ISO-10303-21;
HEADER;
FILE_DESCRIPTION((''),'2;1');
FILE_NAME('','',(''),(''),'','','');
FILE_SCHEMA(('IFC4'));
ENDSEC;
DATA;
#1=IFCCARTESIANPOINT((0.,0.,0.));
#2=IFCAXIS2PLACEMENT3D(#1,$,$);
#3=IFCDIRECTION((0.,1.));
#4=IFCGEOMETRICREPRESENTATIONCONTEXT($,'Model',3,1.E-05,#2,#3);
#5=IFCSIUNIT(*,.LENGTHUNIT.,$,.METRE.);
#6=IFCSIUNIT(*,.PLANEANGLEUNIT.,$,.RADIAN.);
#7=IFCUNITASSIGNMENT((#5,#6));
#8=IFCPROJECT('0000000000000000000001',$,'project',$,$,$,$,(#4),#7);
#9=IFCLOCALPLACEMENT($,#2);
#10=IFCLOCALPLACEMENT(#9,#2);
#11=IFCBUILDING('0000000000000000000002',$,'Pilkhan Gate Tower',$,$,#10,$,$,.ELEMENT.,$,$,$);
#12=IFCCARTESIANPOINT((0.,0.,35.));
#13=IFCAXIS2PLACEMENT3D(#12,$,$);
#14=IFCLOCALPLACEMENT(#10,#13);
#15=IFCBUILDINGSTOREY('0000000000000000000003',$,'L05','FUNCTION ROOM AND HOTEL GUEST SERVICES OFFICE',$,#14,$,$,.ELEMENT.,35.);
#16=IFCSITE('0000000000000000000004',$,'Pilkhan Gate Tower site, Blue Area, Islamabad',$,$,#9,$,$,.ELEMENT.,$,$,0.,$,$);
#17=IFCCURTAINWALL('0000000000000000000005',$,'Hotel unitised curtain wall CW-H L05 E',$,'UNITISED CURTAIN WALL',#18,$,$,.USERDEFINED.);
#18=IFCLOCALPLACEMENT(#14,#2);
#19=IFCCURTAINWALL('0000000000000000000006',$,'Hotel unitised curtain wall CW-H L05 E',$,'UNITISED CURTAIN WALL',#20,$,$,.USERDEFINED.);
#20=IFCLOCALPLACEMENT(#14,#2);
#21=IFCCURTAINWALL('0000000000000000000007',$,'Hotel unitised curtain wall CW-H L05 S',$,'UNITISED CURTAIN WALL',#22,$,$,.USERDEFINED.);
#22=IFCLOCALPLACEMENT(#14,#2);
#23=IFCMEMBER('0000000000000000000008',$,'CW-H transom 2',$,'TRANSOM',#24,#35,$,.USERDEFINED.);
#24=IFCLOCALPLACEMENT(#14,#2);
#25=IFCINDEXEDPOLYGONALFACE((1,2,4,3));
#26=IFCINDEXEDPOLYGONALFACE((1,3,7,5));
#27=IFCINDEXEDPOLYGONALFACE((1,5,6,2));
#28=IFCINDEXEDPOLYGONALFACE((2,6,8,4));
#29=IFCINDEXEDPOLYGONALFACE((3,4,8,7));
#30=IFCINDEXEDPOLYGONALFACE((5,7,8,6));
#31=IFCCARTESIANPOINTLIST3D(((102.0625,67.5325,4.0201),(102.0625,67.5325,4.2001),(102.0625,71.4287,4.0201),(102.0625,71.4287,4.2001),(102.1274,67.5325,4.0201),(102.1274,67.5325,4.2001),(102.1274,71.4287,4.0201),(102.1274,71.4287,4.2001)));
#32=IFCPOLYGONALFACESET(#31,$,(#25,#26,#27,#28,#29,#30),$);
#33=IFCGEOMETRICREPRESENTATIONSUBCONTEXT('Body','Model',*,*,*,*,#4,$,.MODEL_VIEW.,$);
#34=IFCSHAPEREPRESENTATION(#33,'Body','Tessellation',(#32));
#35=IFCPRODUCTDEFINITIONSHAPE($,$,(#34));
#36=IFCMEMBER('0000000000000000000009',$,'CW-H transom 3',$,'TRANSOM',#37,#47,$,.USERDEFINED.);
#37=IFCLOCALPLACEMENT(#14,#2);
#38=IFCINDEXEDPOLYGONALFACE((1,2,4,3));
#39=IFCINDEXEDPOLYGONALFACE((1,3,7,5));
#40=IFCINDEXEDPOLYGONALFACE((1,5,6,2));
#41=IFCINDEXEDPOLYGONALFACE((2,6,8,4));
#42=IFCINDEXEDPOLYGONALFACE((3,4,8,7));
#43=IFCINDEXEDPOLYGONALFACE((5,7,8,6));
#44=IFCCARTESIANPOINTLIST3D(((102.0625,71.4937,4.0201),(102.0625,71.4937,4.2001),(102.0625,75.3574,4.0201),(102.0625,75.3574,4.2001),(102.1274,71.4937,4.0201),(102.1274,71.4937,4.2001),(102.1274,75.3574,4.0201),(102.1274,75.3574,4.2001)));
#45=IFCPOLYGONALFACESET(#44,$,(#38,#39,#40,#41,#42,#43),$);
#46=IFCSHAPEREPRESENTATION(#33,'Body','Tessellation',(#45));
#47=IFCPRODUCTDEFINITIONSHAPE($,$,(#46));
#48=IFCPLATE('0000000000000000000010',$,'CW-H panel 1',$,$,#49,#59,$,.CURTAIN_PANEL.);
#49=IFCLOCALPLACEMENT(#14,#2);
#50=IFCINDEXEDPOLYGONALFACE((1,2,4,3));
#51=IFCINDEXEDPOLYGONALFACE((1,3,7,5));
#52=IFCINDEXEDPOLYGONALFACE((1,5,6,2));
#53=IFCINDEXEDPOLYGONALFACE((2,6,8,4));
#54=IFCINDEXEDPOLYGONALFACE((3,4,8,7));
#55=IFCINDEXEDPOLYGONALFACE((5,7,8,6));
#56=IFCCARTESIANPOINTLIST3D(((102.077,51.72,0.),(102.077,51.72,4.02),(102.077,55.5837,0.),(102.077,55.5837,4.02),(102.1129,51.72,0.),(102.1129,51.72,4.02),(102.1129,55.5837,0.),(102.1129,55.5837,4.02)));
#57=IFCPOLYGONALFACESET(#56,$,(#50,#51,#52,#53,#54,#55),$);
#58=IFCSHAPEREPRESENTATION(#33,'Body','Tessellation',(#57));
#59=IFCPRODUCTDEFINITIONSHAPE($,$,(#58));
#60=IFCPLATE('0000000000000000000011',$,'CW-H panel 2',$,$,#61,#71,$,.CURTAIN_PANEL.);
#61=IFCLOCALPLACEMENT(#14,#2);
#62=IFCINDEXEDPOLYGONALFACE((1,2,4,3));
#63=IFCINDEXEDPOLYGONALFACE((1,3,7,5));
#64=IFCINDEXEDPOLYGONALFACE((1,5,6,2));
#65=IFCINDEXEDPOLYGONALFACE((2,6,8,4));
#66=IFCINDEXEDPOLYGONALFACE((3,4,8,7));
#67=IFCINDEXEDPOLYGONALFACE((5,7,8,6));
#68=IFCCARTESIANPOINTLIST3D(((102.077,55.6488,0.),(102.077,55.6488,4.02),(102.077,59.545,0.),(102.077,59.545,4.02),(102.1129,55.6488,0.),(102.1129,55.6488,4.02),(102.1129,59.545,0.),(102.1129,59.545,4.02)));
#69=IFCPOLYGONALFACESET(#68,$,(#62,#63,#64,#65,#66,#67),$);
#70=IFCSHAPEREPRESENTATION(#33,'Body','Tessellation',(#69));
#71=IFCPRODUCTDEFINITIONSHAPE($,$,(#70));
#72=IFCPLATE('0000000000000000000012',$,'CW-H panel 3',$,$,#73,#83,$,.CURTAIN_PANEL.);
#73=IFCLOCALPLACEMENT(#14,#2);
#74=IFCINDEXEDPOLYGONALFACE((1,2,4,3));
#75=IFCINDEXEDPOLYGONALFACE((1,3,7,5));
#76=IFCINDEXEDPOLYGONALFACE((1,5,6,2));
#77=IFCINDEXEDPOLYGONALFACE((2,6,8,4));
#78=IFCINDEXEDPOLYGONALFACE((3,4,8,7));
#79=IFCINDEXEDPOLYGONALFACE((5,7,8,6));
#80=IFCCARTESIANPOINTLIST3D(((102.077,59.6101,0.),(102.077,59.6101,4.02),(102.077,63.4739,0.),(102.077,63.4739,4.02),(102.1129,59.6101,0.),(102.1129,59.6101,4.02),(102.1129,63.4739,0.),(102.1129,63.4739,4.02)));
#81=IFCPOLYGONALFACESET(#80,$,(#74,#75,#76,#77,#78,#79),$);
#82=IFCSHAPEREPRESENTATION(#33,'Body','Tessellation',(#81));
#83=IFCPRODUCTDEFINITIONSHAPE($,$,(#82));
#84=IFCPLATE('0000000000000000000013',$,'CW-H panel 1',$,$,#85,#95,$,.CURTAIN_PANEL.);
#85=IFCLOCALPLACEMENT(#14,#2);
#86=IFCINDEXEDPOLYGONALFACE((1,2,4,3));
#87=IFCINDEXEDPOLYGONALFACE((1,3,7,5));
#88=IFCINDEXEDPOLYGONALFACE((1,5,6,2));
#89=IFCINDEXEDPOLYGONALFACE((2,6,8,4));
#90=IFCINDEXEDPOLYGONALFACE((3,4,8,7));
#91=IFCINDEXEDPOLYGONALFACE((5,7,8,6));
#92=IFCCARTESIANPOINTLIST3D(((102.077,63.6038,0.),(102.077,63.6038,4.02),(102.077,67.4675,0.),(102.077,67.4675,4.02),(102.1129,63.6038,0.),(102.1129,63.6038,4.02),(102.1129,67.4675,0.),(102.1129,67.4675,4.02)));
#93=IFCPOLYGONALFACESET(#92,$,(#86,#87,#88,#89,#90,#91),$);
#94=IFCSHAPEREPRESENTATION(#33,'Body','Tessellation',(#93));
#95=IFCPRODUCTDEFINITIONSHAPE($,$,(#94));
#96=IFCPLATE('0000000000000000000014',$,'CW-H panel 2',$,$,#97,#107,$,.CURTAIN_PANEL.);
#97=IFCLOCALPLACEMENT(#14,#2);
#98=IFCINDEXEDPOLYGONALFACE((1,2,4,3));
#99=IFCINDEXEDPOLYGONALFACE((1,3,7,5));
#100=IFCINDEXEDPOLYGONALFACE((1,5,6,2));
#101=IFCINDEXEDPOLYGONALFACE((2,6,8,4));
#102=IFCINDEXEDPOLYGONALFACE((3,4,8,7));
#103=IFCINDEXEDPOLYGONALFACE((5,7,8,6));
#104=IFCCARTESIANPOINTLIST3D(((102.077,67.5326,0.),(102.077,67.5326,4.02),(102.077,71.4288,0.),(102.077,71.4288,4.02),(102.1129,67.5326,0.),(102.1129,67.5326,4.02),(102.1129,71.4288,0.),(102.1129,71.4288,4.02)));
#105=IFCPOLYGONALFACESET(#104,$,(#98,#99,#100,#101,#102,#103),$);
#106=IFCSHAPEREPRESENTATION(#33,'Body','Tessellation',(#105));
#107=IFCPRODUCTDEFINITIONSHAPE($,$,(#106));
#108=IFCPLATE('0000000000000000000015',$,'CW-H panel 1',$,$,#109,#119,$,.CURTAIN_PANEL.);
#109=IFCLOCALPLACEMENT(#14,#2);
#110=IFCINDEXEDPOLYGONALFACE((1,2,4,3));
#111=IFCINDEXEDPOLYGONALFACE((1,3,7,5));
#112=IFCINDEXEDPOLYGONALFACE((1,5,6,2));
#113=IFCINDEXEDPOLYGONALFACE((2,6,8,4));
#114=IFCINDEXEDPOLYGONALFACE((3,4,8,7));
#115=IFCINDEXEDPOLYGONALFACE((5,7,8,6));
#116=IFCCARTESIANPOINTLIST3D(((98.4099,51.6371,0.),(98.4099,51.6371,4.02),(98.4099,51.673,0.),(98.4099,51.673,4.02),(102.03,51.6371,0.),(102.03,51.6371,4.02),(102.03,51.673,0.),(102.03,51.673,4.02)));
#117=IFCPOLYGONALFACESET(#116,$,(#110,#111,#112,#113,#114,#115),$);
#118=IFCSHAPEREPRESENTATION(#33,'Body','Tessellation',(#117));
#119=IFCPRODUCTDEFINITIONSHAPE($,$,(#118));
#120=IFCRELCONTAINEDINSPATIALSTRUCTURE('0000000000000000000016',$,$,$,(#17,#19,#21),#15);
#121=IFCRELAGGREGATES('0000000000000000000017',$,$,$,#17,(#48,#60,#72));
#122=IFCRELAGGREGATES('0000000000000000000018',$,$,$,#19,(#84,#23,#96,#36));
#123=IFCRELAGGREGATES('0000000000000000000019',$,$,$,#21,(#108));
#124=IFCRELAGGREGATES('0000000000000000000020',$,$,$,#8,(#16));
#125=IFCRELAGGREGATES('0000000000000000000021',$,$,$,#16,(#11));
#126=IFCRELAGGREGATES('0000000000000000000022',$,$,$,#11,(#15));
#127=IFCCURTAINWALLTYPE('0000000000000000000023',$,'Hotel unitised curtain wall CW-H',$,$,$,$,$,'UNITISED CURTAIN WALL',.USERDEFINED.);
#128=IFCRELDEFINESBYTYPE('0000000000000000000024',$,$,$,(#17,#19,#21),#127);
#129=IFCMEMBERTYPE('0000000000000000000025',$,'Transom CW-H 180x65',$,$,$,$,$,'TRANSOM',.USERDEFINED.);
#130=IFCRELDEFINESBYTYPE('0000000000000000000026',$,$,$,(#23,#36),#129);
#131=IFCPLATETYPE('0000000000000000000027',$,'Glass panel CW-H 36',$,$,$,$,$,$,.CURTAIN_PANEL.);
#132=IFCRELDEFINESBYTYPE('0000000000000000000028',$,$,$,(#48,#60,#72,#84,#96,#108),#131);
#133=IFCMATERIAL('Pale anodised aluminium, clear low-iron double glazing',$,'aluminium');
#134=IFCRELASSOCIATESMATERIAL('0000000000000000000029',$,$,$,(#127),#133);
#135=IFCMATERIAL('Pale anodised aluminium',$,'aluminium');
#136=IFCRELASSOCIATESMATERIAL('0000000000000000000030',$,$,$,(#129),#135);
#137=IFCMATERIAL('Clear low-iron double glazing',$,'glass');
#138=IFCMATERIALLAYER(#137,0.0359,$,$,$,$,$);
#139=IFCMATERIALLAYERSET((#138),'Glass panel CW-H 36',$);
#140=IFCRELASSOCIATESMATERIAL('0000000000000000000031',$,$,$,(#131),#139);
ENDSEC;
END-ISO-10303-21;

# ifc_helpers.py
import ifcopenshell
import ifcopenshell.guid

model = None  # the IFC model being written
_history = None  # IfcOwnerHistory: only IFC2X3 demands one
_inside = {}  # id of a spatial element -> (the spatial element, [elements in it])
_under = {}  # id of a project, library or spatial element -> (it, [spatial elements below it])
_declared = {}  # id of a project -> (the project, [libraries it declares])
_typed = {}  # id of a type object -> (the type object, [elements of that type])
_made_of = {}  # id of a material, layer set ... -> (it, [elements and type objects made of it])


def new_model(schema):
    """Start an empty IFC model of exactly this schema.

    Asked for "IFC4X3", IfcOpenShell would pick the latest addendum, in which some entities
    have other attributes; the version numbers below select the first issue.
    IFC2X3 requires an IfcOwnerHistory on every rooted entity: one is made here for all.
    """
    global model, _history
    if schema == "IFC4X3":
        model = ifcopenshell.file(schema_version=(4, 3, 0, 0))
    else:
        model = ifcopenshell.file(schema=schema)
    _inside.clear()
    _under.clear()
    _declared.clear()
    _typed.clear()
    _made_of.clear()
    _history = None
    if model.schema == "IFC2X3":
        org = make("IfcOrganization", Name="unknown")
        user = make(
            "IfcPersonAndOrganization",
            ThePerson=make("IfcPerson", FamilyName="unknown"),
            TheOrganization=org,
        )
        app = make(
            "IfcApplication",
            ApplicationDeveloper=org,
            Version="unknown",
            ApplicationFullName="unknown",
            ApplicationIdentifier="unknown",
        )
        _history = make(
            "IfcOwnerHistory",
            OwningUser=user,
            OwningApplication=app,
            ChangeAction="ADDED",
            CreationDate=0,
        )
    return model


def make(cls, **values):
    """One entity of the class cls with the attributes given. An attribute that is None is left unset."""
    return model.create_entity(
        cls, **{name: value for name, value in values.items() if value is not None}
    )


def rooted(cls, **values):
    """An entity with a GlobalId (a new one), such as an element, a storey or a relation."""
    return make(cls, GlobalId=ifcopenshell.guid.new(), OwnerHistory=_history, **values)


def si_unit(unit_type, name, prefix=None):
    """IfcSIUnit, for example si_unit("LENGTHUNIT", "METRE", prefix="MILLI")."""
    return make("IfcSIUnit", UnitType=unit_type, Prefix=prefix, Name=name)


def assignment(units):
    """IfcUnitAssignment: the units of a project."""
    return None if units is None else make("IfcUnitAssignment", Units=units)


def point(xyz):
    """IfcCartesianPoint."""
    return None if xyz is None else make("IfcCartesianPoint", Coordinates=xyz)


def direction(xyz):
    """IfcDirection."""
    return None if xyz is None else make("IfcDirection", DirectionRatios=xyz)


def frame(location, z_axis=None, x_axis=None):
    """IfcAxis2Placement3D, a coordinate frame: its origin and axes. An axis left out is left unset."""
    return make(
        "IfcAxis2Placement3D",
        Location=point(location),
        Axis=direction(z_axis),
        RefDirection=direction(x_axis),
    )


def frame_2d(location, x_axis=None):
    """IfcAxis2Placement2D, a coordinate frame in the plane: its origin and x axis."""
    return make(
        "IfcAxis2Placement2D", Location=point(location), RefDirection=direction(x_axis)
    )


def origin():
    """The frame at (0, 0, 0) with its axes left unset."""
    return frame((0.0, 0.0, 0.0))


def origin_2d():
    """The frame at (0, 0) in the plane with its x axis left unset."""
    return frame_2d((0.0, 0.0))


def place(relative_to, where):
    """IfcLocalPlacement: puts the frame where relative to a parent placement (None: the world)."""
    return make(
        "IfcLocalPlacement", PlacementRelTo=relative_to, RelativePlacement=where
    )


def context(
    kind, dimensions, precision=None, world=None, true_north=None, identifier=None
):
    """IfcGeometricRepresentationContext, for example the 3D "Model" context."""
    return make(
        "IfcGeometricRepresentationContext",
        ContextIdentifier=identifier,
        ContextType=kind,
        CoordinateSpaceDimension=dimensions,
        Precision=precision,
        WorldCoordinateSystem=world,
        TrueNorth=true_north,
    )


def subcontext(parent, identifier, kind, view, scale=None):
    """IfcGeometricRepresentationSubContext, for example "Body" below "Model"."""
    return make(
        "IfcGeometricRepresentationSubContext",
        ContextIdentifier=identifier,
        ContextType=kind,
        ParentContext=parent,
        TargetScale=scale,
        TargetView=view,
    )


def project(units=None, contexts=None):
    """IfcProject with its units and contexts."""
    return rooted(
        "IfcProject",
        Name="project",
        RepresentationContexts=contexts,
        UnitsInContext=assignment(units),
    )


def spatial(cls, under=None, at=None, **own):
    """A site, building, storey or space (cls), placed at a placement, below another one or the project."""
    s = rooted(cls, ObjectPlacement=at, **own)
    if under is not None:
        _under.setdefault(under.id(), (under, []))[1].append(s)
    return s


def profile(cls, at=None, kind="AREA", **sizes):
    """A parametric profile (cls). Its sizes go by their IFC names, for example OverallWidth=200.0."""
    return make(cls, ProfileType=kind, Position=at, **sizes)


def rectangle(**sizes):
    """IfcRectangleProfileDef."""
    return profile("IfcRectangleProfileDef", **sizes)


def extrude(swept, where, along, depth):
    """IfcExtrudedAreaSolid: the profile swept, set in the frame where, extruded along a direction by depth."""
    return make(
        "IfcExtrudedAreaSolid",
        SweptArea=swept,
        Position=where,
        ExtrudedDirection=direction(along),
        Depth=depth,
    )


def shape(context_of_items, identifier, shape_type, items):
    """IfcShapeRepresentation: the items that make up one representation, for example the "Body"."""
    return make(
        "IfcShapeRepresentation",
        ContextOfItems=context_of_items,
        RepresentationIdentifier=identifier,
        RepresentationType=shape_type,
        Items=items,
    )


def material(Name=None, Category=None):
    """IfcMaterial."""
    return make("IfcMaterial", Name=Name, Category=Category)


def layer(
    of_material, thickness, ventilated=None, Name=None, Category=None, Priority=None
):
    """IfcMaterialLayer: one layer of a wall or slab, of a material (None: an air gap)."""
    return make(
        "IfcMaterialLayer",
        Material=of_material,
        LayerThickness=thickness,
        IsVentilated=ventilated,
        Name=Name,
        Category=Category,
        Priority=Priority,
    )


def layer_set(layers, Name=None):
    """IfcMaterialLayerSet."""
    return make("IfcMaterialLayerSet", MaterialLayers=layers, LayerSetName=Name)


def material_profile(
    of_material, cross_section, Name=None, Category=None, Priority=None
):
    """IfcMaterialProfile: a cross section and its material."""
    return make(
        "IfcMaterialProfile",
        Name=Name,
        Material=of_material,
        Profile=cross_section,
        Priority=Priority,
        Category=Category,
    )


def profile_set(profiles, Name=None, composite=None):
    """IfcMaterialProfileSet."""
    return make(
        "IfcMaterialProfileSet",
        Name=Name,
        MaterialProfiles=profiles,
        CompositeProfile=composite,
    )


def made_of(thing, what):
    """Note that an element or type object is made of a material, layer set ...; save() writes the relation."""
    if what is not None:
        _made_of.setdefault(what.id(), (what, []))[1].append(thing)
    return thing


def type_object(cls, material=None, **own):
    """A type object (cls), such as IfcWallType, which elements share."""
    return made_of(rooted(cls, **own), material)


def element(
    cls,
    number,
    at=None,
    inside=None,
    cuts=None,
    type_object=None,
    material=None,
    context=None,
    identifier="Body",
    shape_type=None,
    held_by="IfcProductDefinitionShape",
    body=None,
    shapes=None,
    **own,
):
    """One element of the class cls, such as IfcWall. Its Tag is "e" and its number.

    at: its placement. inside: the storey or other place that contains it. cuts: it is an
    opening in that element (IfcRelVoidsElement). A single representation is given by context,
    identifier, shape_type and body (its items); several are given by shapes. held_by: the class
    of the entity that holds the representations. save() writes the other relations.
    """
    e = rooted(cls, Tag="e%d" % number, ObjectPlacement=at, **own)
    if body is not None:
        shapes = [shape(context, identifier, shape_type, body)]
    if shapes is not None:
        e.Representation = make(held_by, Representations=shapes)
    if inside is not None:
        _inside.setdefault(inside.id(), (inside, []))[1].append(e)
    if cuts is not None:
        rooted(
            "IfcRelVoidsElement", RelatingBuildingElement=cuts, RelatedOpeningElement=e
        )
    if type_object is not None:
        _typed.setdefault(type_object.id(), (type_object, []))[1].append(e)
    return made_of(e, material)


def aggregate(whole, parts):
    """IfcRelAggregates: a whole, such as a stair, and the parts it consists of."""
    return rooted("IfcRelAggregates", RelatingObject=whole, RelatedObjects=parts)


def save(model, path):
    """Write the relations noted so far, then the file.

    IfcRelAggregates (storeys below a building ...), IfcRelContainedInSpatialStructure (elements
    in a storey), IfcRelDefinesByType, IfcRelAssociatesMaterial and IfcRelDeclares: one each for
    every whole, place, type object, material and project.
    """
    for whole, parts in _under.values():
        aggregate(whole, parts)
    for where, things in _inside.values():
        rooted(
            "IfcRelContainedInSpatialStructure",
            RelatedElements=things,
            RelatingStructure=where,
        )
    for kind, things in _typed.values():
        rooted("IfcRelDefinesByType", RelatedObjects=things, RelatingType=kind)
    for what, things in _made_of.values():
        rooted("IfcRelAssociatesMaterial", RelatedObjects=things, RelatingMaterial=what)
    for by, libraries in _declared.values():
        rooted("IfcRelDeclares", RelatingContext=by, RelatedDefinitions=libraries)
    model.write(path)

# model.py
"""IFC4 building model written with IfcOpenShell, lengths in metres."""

from ifc_helpers import new_model, si_unit, direction, frame, origin, origin_2d, place, context, subcontext, project, spatial, rectangle, extrude, material, layer, layer_set, material_profile, profile_set, type_object, element, aggregate, save


model = new_model("IFC4")

# Units and contexts
model_context = context("Model", 3, precision=1e-05, world=origin(), true_north=direction((0.0, 1.0)))
body_context = subcontext(model_context, "Body", "Model", "MODEL_VIEW")
ifc_project = project(units=[si_unit("LENGTHUNIT", "METRE"), si_unit("PLANEANGLEUNIT", "RADIAN")], contexts=[model_context])

# Site, building, storey
site_placement = place(None, origin())
site = spatial("IfcSite", under=ifc_project, at=site_placement, Name="Pilkhan Gate Tower site, Blue Area, Islamabad", CompositionType="ELEMENT", RefElevation=0.0)
building_placement = place(site_placement, origin())
building = spatial("IfcBuilding", under=site, at=building_placement, Name="Pilkhan Gate Tower", CompositionType="ELEMENT")
storey_placement = place(building_placement, frame((0.0, 0.0, 35.0)))
storey = spatial("IfcBuildingStorey", under=building, at=storey_placement, Name="L05", Description="FUNCTION ROOM AND HOTEL GUEST SERVICES OFFICE", CompositionType="ELEMENT", Elevation=35.0)

# Curtain walls
ifc_material_1 = material(Name="Pale anodised aluminium, clear low-iron double glazing", Category="aluminium")
curtain_wall_type = type_object("IfcCurtainWallType", Name="Hotel unitised curtain wall CW-H", ElementType="UNITISED CURTAIN WALL", PredefinedType="USERDEFINED", material=ifc_material_1)
curtain_wall_1_placement = place(storey_placement, origin())
curtain_wall_1 = element("IfcCurtainWall", 1, at=curtain_wall_1_placement, inside=storey, type_object=curtain_wall_type, Name="Hotel unitised curtain wall CW-H L05 E", ObjectType="UNITISED CURTAIN WALL", PredefinedType="USERDEFINED")
ifc_material_2 = material(Name="Pale anodised aluminium", Category="aluminium")
curtain_wall_2_placement = place(storey_placement, origin())
curtain_wall_2 = element("IfcCurtainWall", 2, at=curtain_wall_2_placement, inside=storey, type_object=curtain_wall_type, Name="Hotel unitised curtain wall CW-H L05 E", ObjectType="UNITISED CURTAIN WALL", PredefinedType="USERDEFINED")

# Curtain wall
curtain_wall_3_placement = place(storey_placement, origin())
curtain_wall_3 = element("IfcCurtainWall", 3, at=curtain_wall_3_placement, inside=storey, type_object=curtain_wall_type, Name="Hotel unitised curtain wall CW-H L05 S", ObjectType="UNITISED CURTAIN WALL", PredefinedType="USERDEFINED")

# Members
ifc_material_profile_1 = material_profile(ifc_material_2, rectangle(XDim=0.0649, YDim=0.1799, at=origin_2d()), Name="Transom 180x65")
ifc_profile_set_1 = profile_set([ifc_material_profile_1], Name="Pale anodised aluminium")
member_type_1 = type_object("IfcMemberType", Name="Transom CW-H 180x65", ElementType="TRANSOM", PredefinedType="USERDEFINED", material=ifc_profile_set_1)
member_1_placement = place(storey_placement, frame((102.095, 67.5325, 4.1101), z_axis=(0.0, 1.0, 0.0), x_axis=(-1.0, 0.0, 0.0)))
member_1 = element("IfcMember", 4, at=member_1_placement, type_object=member_type_1, Name="CW-H transom 2", ObjectType="TRANSOM", PredefinedType="USERDEFINED", context=body_context, shape_type="SweptSolid", body=[
    extrude(rectangle(XDim=0.0649, YDim=0.1799, at=origin_2d()), origin(), (0.0, 0.0, 1.0), 3.8962),
])
member_2_placement = place(storey_placement, frame((102.095, 71.4937, 4.1101), z_axis=(0.0, 1.0, 0.0), x_axis=(-1.0, 0.0, 0.0)))
member_2 = element("IfcMember", 5, at=member_2_placement, type_object=member_type_1, Name="CW-H transom 3", ObjectType="TRANSOM", PredefinedType="USERDEFINED", context=body_context, shape_type="SweptSolid", body=[
    extrude(rectangle(XDim=0.0649, YDim=0.1799, at=origin_2d()), origin(), (0.0, 0.0, 1.0), 3.8638),
])

# Plates
ifc_material_3 = material(Name="Clear low-iron double glazing", Category="glass")
ifc_layer = layer(ifc_material_3, 0.0359)
ifc_layer_set = layer_set([ifc_layer], Name="Glass panel CW-H 36")
plate_type = type_object("IfcPlateType", Name="Glass panel CW-H 36", PredefinedType="CURTAIN_PANEL", material=ifc_layer_set)
plate_1_placement = place(storey_placement, frame((102.095, 53.6519, 0.0), z_axis=(0.0, 0.0, 1.0), x_axis=(0.0, 1.0, 0.0)))
plate_1 = element("IfcPlate", 6, at=plate_1_placement, type_object=plate_type, Name="CW-H panel 1", PredefinedType="CURTAIN_PANEL", context=body_context, shape_type="SweptSolid", body=[
    extrude(rectangle(XDim=3.8638, YDim=0.0359, at=origin_2d()), origin(), (0.0, 0.0, 1.0), 4.02),
])
plate_2_placement = place(storey_placement, frame((102.095, 57.5969, 0.0), z_axis=(0.0, 0.0, 1.0), x_axis=(0.0, 1.0, 0.0)))
plate_2 = element("IfcPlate", 7, at=plate_2_placement, type_object=plate_type, Name="CW-H panel 2", PredefinedType="CURTAIN_PANEL", context=body_context, shape_type="SweptSolid", body=[
    extrude(rectangle(XDim=3.8962, YDim=0.0359, at=origin_2d()), origin(), (0.0, 0.0, 1.0), 4.02),
])
plate_3_placement = place(storey_placement, frame((102.095, 61.542, 0.0), z_axis=(0.0, 0.0, 1.0), x_axis=(0.0, 1.0, 0.0)))
plate_3 = element("IfcPlate", 8, at=plate_3_placement, type_object=plate_type, Name="CW-H panel 3", PredefinedType="CURTAIN_PANEL", context=body_context, shape_type="SweptSolid", body=[
    extrude(rectangle(XDim=3.8638, YDim=0.0359, at=origin_2d()), origin(), (0.0, 0.0, 1.0), 4.02),
])
aggregate(curtain_wall_1, [plate_1, plate_2, plate_3])
plate_4_placement = place(storey_placement, frame((102.095, 65.5356, 0.0), z_axis=(0.0, 0.0, 1.0), x_axis=(0.0, 1.0, 0.0)))
plate_4 = element("IfcPlate", 9, at=plate_4_placement, type_object=plate_type, Name="CW-H panel 1", PredefinedType="CURTAIN_PANEL", context=body_context, shape_type="SweptSolid", body=[
    extrude(rectangle(XDim=3.8638, YDim=0.0359, at=origin_2d()), origin(), (0.0, 0.0, 1.0), 4.02),
])
plate_5_placement = place(storey_placement, frame((102.095, 69.4807, 0.0), z_axis=(0.0, 0.0, 1.0), x_axis=(0.0, 1.0, 0.0)))
plate_5 = element("IfcPlate", 10, at=plate_5_placement, type_object=plate_type, Name="CW-H panel 2", PredefinedType="CURTAIN_PANEL", context=body_context, shape_type="SweptSolid", body=[
    extrude(rectangle(XDim=3.8962, YDim=0.0359, at=origin_2d()), origin(), (0.0, 0.0, 1.0), 4.02),
])
aggregate(curtain_wall_2, [plate_4, member_1, plate_5, member_2])
plate_6_placement = place(storey_placement, frame((100.22, 51.655, 0.0), z_axis=(0.0, 0.0, 1.0), x_axis=(1.0, 0.0, 0.0)))
plate_6 = element("IfcPlate", 11, at=plate_6_placement, type_object=plate_type, Name="CW-H panel 1", PredefinedType="CURTAIN_PANEL", context=body_context, shape_type="SweptSolid", body=[
    extrude(rectangle(XDim=3.6201, YDim=0.0359, at=origin_2d()), origin(), (0.0, 0.0, 1.0), 4.02),
])
aggregate(curtain_wall_3, [plate_6])

save(model, "model.ifc")
